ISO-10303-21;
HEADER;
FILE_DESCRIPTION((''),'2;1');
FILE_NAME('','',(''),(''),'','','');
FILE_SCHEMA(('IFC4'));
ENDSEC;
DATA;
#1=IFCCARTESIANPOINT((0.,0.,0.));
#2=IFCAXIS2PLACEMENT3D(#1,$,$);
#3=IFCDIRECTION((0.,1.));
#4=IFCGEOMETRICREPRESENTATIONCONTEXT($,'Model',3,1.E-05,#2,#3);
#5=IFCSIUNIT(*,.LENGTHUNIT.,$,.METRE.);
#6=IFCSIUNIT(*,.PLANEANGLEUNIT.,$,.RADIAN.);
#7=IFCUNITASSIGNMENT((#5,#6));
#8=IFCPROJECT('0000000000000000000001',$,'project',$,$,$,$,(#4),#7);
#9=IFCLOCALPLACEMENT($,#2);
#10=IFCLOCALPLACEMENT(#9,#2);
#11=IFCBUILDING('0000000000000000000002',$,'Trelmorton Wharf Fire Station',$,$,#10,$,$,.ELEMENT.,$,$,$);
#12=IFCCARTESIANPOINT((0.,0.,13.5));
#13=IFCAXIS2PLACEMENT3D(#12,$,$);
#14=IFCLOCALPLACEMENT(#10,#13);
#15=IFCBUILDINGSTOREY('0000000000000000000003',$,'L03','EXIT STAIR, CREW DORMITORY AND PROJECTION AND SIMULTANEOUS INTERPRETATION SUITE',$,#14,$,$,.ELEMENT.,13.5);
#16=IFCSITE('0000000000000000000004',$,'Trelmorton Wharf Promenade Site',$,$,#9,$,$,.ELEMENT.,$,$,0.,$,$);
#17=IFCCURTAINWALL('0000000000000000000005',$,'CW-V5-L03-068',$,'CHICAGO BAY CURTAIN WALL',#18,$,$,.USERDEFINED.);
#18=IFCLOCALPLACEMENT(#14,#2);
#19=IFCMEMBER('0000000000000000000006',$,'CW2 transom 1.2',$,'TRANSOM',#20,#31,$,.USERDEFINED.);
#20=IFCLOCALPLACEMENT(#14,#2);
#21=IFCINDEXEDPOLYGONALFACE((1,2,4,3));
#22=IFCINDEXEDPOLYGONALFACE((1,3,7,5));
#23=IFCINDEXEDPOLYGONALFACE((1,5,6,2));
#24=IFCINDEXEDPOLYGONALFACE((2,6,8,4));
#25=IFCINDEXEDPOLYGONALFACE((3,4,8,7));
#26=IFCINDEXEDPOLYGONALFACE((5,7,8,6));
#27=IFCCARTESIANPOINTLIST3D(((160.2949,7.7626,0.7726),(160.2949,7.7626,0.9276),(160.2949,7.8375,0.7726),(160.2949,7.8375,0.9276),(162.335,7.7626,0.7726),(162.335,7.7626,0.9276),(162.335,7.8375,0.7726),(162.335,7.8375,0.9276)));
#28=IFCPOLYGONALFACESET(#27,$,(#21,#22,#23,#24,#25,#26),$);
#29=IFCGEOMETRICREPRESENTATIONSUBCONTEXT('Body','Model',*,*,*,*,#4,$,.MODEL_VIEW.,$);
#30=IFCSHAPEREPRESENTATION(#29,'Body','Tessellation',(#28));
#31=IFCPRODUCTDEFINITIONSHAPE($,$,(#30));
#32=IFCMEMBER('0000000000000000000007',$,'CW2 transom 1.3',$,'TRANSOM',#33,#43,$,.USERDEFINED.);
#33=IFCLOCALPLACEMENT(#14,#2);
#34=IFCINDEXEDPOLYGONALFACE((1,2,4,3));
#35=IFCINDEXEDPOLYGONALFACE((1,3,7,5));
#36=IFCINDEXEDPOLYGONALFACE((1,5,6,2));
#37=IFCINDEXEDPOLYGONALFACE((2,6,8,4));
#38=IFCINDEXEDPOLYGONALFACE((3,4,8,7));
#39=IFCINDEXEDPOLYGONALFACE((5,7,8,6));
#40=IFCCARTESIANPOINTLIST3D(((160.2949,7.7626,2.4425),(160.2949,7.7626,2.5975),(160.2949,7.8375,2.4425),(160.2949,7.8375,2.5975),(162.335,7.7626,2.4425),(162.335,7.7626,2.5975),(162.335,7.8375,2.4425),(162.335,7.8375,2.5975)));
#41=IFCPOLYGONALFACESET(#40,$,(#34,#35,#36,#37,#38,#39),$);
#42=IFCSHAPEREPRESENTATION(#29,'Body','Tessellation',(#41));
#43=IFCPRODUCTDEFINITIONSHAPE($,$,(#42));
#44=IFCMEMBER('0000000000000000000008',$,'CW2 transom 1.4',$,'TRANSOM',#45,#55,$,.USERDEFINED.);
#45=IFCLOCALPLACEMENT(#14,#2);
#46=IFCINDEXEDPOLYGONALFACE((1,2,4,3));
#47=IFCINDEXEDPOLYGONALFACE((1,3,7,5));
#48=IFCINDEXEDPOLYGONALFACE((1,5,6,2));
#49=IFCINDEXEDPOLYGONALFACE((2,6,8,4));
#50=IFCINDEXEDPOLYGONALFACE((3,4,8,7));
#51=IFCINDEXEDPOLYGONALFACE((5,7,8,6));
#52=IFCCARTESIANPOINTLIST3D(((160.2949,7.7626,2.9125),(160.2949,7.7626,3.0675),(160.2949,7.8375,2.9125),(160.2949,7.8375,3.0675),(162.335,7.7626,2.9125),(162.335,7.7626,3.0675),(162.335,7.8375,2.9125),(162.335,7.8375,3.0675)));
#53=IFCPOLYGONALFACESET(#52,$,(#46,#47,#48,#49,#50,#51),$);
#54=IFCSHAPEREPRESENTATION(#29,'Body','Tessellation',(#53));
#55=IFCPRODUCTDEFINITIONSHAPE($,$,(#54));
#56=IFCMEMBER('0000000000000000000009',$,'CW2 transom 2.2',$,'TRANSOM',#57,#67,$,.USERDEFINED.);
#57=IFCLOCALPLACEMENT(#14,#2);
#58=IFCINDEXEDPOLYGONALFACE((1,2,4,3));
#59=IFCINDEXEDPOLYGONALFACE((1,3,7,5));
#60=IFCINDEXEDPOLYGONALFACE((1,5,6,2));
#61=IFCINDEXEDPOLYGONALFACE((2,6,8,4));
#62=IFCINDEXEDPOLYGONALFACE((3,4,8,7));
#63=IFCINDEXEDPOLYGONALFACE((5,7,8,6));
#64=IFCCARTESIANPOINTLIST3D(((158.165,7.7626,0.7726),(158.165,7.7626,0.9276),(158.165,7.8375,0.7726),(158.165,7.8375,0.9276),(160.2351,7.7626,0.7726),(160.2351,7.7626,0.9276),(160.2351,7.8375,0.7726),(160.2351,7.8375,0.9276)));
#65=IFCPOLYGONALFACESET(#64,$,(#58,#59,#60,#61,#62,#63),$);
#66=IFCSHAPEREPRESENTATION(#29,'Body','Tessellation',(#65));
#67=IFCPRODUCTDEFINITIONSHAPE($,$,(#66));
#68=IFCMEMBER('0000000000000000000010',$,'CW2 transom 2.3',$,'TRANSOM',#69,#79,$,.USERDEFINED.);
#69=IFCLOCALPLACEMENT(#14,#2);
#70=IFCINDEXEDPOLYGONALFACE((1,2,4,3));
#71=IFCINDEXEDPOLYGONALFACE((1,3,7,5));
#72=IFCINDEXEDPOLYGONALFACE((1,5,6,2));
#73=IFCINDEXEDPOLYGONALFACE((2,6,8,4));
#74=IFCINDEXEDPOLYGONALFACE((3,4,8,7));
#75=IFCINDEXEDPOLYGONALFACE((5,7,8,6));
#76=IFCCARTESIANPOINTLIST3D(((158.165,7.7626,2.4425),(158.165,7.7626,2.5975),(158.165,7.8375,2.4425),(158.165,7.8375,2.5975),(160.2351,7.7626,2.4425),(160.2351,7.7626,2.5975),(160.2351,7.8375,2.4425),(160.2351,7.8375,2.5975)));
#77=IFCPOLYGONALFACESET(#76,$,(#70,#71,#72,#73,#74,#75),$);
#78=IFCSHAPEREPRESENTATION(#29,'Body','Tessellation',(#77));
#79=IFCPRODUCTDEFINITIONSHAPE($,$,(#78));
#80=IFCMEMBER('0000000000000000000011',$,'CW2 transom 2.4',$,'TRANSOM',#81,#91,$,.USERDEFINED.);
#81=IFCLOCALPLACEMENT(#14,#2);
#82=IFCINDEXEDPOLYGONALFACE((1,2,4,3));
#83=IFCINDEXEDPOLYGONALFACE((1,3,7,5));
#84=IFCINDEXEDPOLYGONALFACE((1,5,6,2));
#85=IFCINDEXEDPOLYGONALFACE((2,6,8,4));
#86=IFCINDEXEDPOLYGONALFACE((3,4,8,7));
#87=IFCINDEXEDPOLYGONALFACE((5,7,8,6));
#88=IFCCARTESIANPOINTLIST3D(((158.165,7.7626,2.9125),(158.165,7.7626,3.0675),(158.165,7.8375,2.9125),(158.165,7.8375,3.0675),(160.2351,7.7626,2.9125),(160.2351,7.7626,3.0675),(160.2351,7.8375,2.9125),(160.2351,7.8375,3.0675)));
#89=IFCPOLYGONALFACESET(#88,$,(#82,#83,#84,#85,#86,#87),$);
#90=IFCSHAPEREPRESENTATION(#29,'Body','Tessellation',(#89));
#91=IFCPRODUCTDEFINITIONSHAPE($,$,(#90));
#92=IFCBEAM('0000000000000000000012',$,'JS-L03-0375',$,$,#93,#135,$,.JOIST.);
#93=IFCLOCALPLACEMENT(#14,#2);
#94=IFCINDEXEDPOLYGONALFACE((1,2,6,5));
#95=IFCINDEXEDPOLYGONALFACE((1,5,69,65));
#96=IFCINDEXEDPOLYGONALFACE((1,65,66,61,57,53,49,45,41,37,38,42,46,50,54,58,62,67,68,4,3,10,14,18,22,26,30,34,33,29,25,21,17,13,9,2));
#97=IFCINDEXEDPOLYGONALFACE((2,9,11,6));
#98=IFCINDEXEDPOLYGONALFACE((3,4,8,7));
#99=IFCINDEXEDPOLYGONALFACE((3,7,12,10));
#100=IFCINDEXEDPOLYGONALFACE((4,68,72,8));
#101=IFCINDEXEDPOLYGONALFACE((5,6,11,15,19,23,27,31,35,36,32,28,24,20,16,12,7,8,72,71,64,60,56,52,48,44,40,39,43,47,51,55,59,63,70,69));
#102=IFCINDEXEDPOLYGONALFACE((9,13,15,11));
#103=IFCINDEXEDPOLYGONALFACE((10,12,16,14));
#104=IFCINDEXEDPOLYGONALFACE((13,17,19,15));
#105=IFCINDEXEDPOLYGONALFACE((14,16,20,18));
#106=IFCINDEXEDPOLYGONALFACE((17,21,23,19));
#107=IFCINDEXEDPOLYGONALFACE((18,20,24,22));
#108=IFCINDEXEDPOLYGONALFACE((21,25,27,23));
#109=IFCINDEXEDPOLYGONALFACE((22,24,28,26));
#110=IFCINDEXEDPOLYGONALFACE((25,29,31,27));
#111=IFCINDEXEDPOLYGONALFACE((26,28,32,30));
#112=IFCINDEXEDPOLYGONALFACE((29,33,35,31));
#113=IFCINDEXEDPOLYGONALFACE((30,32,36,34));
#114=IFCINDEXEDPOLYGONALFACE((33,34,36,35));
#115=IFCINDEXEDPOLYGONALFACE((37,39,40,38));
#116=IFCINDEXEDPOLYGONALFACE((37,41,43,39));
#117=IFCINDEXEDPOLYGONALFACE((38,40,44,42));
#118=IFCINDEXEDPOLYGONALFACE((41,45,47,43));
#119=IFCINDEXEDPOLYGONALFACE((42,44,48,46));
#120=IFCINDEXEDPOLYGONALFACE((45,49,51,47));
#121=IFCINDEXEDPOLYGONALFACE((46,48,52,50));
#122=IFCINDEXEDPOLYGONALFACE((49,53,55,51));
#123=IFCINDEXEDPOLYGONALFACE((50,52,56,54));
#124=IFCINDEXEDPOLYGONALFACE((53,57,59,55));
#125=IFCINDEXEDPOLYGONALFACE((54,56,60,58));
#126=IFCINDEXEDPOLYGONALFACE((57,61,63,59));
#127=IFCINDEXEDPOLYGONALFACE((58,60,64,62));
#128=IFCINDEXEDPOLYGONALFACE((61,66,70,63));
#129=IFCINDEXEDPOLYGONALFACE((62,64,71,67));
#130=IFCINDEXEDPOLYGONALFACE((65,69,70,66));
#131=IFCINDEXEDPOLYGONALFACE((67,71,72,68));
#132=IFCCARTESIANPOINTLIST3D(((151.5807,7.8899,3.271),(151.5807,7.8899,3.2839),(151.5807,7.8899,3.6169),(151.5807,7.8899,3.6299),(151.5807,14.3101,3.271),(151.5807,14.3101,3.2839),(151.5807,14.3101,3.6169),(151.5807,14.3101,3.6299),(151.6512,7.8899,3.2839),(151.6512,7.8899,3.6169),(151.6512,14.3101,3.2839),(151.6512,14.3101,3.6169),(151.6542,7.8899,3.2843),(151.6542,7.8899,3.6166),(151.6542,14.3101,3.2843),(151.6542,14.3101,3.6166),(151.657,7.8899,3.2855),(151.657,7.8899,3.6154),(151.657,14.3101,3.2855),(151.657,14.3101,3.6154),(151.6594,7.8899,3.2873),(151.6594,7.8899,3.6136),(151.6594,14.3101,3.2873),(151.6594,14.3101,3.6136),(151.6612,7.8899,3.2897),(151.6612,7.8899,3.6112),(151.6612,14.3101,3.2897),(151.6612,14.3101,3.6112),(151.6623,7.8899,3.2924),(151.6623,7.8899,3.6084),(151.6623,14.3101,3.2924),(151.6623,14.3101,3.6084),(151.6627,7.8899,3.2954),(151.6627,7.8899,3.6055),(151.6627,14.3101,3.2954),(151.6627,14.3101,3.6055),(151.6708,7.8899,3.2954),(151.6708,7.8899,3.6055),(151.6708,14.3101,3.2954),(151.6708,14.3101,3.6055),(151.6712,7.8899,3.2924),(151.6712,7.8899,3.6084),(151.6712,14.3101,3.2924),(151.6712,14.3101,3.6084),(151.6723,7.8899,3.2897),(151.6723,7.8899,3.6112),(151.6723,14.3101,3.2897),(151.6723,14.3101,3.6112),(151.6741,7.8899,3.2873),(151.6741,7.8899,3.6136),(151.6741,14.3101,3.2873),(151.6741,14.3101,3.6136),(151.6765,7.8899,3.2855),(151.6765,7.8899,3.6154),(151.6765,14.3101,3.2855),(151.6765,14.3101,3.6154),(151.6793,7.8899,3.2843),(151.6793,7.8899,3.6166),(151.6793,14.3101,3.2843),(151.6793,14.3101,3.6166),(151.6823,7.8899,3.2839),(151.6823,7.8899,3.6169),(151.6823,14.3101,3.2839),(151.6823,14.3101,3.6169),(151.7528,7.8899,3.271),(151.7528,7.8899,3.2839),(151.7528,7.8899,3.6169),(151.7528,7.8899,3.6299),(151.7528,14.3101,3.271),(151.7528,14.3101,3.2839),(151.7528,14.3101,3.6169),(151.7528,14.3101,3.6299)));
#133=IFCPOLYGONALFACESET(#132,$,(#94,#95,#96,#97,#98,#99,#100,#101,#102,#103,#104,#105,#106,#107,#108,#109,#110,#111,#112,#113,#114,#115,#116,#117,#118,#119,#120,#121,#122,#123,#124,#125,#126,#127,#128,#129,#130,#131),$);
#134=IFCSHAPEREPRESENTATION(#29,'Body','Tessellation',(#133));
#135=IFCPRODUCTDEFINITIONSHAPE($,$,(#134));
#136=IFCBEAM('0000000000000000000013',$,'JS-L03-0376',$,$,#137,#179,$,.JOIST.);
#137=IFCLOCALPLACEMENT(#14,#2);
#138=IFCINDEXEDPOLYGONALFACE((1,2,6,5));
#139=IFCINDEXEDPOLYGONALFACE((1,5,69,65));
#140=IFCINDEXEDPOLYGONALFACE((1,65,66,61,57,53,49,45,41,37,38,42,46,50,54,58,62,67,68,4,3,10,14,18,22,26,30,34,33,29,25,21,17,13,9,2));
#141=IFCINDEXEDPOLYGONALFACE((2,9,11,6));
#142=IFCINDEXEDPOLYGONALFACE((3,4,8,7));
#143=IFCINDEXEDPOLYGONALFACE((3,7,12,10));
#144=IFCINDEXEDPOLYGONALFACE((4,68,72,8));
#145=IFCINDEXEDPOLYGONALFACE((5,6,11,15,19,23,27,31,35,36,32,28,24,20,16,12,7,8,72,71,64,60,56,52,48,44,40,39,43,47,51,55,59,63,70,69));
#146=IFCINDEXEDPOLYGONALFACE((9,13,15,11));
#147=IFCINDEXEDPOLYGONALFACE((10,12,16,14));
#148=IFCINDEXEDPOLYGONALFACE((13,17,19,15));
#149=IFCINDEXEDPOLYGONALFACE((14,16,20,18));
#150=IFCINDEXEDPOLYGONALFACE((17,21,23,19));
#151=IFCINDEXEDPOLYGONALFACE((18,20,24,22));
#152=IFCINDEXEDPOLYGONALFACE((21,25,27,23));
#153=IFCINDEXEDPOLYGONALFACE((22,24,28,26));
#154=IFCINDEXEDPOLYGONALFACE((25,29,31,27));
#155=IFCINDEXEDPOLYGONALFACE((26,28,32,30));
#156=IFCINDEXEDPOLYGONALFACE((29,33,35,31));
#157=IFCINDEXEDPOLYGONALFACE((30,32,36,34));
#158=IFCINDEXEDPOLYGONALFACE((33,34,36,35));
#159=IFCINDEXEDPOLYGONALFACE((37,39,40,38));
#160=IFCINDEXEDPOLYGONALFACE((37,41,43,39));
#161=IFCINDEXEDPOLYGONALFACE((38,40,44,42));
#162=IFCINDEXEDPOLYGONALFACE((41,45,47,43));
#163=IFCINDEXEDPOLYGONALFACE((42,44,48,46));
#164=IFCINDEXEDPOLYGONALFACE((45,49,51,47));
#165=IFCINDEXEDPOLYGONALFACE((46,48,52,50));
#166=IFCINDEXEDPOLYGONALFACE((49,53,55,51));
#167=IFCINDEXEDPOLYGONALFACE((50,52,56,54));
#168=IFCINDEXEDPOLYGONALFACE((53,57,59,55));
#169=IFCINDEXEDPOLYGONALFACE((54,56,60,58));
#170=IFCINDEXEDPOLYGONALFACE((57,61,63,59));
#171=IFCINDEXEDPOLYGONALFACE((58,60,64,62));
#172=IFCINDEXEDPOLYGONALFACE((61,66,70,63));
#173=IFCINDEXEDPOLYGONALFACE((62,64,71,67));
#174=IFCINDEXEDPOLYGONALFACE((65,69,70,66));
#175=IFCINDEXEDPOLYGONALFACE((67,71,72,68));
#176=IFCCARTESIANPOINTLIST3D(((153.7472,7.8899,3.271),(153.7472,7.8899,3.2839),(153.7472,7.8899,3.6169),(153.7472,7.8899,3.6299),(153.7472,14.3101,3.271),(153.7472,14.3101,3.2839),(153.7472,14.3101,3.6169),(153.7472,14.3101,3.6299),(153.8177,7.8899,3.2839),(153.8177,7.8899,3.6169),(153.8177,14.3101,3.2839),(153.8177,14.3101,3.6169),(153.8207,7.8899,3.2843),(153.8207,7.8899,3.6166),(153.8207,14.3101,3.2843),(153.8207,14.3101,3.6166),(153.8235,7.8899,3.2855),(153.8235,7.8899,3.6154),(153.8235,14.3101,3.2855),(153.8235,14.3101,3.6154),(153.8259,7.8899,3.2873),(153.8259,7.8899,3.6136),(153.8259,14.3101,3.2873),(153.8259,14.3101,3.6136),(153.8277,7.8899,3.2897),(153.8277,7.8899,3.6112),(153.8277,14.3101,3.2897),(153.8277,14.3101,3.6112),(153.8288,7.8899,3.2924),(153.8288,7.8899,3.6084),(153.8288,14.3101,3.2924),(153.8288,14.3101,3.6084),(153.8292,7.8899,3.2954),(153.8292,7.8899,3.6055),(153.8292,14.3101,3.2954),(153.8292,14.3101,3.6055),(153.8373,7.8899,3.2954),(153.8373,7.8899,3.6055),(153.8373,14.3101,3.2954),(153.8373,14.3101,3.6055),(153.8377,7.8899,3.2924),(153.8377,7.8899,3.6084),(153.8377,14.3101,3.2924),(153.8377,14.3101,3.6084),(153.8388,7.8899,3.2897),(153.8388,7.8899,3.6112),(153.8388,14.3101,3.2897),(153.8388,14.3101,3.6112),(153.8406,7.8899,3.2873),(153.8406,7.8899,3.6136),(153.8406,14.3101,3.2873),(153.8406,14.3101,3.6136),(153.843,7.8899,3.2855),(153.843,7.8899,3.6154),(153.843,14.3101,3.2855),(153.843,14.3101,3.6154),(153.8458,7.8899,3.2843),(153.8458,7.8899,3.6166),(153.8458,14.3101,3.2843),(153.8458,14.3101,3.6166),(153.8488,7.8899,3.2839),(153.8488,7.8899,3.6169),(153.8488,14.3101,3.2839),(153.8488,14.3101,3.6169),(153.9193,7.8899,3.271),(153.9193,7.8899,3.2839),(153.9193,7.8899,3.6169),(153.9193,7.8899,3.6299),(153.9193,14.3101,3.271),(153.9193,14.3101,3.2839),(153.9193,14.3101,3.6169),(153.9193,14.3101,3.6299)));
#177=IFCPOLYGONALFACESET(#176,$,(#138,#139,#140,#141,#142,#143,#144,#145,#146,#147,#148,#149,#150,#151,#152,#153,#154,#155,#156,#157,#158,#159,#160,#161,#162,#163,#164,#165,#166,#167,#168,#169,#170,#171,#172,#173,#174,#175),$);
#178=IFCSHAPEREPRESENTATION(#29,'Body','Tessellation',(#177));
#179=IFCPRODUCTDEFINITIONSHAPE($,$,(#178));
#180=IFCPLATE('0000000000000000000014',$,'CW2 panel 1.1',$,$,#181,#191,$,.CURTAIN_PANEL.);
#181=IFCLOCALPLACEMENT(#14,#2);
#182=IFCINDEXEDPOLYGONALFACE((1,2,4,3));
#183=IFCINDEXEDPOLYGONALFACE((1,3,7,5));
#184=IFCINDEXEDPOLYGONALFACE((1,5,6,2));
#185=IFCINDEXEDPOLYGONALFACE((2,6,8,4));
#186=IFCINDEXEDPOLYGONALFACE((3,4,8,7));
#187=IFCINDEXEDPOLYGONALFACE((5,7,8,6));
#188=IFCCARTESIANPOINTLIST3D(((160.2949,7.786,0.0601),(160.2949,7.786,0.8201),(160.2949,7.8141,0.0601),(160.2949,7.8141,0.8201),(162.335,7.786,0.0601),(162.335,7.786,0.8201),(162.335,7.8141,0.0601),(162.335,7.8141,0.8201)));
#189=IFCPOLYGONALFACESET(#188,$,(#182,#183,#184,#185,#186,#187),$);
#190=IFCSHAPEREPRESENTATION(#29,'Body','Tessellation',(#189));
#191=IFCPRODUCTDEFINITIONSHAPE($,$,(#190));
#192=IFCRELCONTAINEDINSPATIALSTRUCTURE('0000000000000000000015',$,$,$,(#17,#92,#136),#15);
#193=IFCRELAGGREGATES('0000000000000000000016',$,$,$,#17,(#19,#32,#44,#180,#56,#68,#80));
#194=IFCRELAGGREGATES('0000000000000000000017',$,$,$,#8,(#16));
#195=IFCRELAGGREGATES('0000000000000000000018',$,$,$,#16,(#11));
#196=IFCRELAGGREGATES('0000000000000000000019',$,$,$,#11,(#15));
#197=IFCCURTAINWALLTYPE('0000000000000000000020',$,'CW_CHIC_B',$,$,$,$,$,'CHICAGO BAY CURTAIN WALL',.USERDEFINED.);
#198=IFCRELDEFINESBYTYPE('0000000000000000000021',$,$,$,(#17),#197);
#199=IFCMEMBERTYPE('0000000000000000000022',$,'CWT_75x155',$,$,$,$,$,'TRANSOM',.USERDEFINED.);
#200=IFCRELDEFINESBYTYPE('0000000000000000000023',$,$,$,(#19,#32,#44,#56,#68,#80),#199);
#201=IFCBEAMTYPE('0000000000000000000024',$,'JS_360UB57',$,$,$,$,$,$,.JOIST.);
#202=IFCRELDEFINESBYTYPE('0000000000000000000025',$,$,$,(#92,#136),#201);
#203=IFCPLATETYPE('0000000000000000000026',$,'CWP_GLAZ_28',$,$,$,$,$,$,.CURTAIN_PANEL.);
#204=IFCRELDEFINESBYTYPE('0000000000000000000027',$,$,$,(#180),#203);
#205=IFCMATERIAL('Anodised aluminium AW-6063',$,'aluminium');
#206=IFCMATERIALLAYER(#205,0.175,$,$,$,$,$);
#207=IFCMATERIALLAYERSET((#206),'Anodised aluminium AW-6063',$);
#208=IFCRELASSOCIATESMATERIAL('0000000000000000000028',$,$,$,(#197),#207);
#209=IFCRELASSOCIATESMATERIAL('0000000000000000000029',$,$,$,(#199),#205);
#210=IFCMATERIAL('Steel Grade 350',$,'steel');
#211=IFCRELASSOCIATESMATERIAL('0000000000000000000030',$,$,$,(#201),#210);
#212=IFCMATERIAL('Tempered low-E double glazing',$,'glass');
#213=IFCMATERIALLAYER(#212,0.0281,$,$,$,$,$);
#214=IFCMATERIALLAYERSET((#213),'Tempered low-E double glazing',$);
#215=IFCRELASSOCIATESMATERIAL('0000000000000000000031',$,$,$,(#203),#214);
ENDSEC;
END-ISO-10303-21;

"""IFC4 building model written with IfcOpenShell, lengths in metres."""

from ifc_helpers import new_model, si_unit, direction, frame, origin, origin_2d, place, context, subcontext, project, spatial, rectangle, i_section, extrude, material, layer, layer_set, material_profile, profile_set, type_object, element, aggregate, save


model = new_model("IFC4")

# Units and contexts
model_context = context("Model", 3, precision=1e-05, world=origin(), true_north=direction((0.0, 1.0)))
body_context = subcontext(model_context, "Body", "Model", "MODEL_VIEW")
ifc_project = project(units=[si_unit("LENGTHUNIT", "METRE"), si_unit("PLANEANGLEUNIT", "RADIAN")], contexts=[model_context])

# Site, building, storey
site_placement = place(None, origin())
site = spatial("IfcSite", under=ifc_project, at=site_placement, Name="Trelmorton Wharf Promenade Site", CompositionType="ELEMENT", RefElevation=0.0)
building_placement = place(site_placement, origin())
building = spatial("IfcBuilding", under=site, at=building_placement, Name="Trelmorton Wharf Fire Station", CompositionType="ELEMENT")
storey_placement = place(building_placement, frame((0.0, 0.0, 13.5)))
storey = spatial("IfcBuildingStorey", under=building, at=storey_placement, Name="L03", Description="EXIT STAIR, CREW DORMITORY AND PROJECTION AND SIMULTANEOUS INTERPRETATION SUITE", CompositionType="ELEMENT", Elevation=13.5)

# Shared definitions
ifc_material_1 = material(Name="Steel Grade 350", Category="steel")

# Curtain wall, members
ifc_material_2 = material(Name="Anodised aluminium AW-6063", Category="aluminium")
ifc_layer_1 = layer(ifc_material_2, 0.175)
ifc_layer_set_1 = layer_set([ifc_layer_1], Name="Anodised aluminium AW-6063")
curtain_wall_type = type_object("IfcCurtainWallType", Name="CW_CHIC_B", ElementType="CHICAGO BAY CURTAIN WALL", PredefinedType="USERDEFINED", material=ifc_layer_set_1)
curtain_wall_placement = place(storey_placement, origin())
curtain_wall = element("IfcCurtainWall", 1, at=curtain_wall_placement, inside=storey, type_object=curtain_wall_type, Name="CW-V5-L03-068", ObjectType="CHICAGO BAY CURTAIN WALL", PredefinedType="USERDEFINED")
ifc_material_profile_1 = material_profile(ifc_material_2, rectangle(XDim=0.075, YDim=0.155, at=origin_2d()), Name="ALU-75x155")
ifc_profile_set_1 = profile_set([ifc_material_profile_1], Name="Anodised aluminium AW-6063")
member_type_1 = type_object("IfcMemberType", Name="CWT_75x155", ElementType="TRANSOM", PredefinedType="USERDEFINED", material=ifc_profile_set_1)
member_1_placement = place(storey_placement, frame((162.335, 7.8, 0.8501), z_axis=(-1.0, 0.0, 0.0), x_axis=(0.0, -1.0, 0.0)))
member_1 = element("IfcMember", 2, at=member_1_placement, type_object=member_type_1, Name="CW2 transom 1.2", ObjectType="TRANSOM", PredefinedType="USERDEFINED", context=body_context, shape_type="SweptSolid", body=[
    extrude(rectangle(XDim=0.075, YDim=0.155, at=origin_2d()), origin(), (0.0, 0.0, 1.0), 2.04),
])
member_2_placement = place(storey_placement, frame((162.335, 7.8, 2.52), z_axis=(-1.0, 0.0, 0.0), x_axis=(0.0, -1.0, 0.0)))
member_2 = element("IfcMember", 3, at=member_2_placement, type_object=member_type_1, Name="CW2 transom 1.3", ObjectType="TRANSOM", PredefinedType="USERDEFINED", context=body_context, shape_type="SweptSolid", body=[
    extrude(rectangle(XDim=0.075, YDim=0.155, at=origin_2d()), origin(), (0.0, 0.0, 1.0), 2.04),
])
member_3_placement = place(storey_placement, frame((162.335, 7.8, 2.99), z_axis=(-1.0, 0.0, 0.0), x_axis=(0.0, -1.0, 0.0)))
member_3 = element("IfcMember", 4, at=member_3_placement, type_object=member_type_1, Name="CW2 transom 1.4", ObjectType="TRANSOM", PredefinedType="USERDEFINED", context=body_context, shape_type="SweptSolid", body=[
    extrude(rectangle(XDim=0.075, YDim=0.155, at=origin_2d()), origin(), (0.0, 0.0, 1.0), 2.04),
])
member_4_placement = place(storey_placement, frame((160.2351, 7.8, 0.8501), z_axis=(-1.0, 0.0, 0.0), x_axis=(0.0, -1.0, 0.0)))
member_4 = element("IfcMember", 5, at=member_4_placement, type_object=member_type_1, Name="CW2 transom 2.2", ObjectType="TRANSOM", PredefinedType="USERDEFINED", context=body_context, shape_type="SweptSolid", body=[
    extrude(rectangle(XDim=0.075, YDim=0.155, at=origin_2d()), origin(), (0.0, 0.0, 1.0), 2.0701),
])
member_5_placement = place(storey_placement, frame((160.2351, 7.8, 2.52), z_axis=(-1.0, 0.0, 0.0), x_axis=(0.0, -1.0, 0.0)))
member_5 = element("IfcMember", 6, at=member_5_placement, type_object=member_type_1, Name="CW2 transom 2.3", ObjectType="TRANSOM", PredefinedType="USERDEFINED", context=body_context, shape_type="SweptSolid", body=[
    extrude(rectangle(XDim=0.075, YDim=0.155, at=origin_2d()), origin(), (0.0, 0.0, 1.0), 2.0701),
])
member_6_placement = place(storey_placement, frame((160.2351, 7.8, 2.99), z_axis=(-1.0, 0.0, 0.0), x_axis=(0.0, -1.0, 0.0)))
member_6 = element("IfcMember", 7, at=member_6_placement, type_object=member_type_1, Name="CW2 transom 2.4", ObjectType="TRANSOM", PredefinedType="USERDEFINED", context=body_context, shape_type="SweptSolid", body=[
    extrude(rectangle(XDim=0.075, YDim=0.155, at=origin_2d()), origin(), (0.0, 0.0, 1.0), 2.0701),
])

# Beams
ifc_material_profile_2 = material_profile(ifc_material_1, i_section(OverallWidth=0.1721, OverallDepth=0.3589, WebThickness=0.0081, FlangeThickness=0.0129, FilletRadius=0.0115, at=origin_2d()), Name="360UB56.7")
ifc_profile_set_2 = profile_set([ifc_material_profile_2], Name="Steel Grade 350")
beam_type_1 = type_object("IfcBeamType", Name="JS_360UB57", PredefinedType="JOIST", material=ifc_profile_set_2)
for number, where, z_axis, x_axis, name in (
    (8, (151.6667, 7.8899, 3.4504), (0.0, 1.0, 0.0), (-1.0, 0.0, 0.0), "JS-L03-0375"),
    (9, (153.8333, 7.8899, 3.4504), (0.0, 1.0, 0.0), (-1.0, 0.0, 0.0), "JS-L03-0376"),
):
    element("IfcBeam", number, at=place(storey_placement, frame(where, z_axis=z_axis, x_axis=x_axis)), inside=storey, type_object=beam_type_1, Name=name, PredefinedType="JOIST", context=body_context, shape_type="SweptSolid", body=[
        extrude(i_section(OverallWidth=0.1721, OverallDepth=0.3589, WebThickness=0.0081, FlangeThickness=0.0129, FilletRadius=0.0115, at=origin_2d()), origin(), (0.0, 0.0, 1.0), 6.4202),
    ])

# Plate
ifc_material_3 = material(Name="Tempered low-E double glazing", Category="glass")
ifc_layer_2 = layer(ifc_material_3, 0.0281)
ifc_layer_set_2 = layer_set([ifc_layer_2], Name="Tempered low-E double glazing")
plate_type = type_object("IfcPlateType", Name="CWP_GLAZ_28", PredefinedType="CURTAIN_PANEL", material=ifc_layer_set_2)
plate_1_placement = place(storey_placement, frame((161.3149, 7.8, 0.0601), z_axis=(0.0, 0.0, 1.0), x_axis=(-1.0, 0.0, 0.0)))
plate_1 = element("IfcPlate", 10, at=plate_1_placement, type_object=plate_type, Name="CW2 panel 1.1", PredefinedType="CURTAIN_PANEL", context=body_context, shape_type="SweptSolid", body=[
    extrude(rectangle(XDim=2.04, YDim=0.0281, at=origin_2d()), origin(), (0.0, 0.0, 1.0), 0.76),
])
aggregate(curtain_wall, [member_1, member_2, member_3, plate_1, member_4, member_5, member_6])

save(model, "model.ifc")
